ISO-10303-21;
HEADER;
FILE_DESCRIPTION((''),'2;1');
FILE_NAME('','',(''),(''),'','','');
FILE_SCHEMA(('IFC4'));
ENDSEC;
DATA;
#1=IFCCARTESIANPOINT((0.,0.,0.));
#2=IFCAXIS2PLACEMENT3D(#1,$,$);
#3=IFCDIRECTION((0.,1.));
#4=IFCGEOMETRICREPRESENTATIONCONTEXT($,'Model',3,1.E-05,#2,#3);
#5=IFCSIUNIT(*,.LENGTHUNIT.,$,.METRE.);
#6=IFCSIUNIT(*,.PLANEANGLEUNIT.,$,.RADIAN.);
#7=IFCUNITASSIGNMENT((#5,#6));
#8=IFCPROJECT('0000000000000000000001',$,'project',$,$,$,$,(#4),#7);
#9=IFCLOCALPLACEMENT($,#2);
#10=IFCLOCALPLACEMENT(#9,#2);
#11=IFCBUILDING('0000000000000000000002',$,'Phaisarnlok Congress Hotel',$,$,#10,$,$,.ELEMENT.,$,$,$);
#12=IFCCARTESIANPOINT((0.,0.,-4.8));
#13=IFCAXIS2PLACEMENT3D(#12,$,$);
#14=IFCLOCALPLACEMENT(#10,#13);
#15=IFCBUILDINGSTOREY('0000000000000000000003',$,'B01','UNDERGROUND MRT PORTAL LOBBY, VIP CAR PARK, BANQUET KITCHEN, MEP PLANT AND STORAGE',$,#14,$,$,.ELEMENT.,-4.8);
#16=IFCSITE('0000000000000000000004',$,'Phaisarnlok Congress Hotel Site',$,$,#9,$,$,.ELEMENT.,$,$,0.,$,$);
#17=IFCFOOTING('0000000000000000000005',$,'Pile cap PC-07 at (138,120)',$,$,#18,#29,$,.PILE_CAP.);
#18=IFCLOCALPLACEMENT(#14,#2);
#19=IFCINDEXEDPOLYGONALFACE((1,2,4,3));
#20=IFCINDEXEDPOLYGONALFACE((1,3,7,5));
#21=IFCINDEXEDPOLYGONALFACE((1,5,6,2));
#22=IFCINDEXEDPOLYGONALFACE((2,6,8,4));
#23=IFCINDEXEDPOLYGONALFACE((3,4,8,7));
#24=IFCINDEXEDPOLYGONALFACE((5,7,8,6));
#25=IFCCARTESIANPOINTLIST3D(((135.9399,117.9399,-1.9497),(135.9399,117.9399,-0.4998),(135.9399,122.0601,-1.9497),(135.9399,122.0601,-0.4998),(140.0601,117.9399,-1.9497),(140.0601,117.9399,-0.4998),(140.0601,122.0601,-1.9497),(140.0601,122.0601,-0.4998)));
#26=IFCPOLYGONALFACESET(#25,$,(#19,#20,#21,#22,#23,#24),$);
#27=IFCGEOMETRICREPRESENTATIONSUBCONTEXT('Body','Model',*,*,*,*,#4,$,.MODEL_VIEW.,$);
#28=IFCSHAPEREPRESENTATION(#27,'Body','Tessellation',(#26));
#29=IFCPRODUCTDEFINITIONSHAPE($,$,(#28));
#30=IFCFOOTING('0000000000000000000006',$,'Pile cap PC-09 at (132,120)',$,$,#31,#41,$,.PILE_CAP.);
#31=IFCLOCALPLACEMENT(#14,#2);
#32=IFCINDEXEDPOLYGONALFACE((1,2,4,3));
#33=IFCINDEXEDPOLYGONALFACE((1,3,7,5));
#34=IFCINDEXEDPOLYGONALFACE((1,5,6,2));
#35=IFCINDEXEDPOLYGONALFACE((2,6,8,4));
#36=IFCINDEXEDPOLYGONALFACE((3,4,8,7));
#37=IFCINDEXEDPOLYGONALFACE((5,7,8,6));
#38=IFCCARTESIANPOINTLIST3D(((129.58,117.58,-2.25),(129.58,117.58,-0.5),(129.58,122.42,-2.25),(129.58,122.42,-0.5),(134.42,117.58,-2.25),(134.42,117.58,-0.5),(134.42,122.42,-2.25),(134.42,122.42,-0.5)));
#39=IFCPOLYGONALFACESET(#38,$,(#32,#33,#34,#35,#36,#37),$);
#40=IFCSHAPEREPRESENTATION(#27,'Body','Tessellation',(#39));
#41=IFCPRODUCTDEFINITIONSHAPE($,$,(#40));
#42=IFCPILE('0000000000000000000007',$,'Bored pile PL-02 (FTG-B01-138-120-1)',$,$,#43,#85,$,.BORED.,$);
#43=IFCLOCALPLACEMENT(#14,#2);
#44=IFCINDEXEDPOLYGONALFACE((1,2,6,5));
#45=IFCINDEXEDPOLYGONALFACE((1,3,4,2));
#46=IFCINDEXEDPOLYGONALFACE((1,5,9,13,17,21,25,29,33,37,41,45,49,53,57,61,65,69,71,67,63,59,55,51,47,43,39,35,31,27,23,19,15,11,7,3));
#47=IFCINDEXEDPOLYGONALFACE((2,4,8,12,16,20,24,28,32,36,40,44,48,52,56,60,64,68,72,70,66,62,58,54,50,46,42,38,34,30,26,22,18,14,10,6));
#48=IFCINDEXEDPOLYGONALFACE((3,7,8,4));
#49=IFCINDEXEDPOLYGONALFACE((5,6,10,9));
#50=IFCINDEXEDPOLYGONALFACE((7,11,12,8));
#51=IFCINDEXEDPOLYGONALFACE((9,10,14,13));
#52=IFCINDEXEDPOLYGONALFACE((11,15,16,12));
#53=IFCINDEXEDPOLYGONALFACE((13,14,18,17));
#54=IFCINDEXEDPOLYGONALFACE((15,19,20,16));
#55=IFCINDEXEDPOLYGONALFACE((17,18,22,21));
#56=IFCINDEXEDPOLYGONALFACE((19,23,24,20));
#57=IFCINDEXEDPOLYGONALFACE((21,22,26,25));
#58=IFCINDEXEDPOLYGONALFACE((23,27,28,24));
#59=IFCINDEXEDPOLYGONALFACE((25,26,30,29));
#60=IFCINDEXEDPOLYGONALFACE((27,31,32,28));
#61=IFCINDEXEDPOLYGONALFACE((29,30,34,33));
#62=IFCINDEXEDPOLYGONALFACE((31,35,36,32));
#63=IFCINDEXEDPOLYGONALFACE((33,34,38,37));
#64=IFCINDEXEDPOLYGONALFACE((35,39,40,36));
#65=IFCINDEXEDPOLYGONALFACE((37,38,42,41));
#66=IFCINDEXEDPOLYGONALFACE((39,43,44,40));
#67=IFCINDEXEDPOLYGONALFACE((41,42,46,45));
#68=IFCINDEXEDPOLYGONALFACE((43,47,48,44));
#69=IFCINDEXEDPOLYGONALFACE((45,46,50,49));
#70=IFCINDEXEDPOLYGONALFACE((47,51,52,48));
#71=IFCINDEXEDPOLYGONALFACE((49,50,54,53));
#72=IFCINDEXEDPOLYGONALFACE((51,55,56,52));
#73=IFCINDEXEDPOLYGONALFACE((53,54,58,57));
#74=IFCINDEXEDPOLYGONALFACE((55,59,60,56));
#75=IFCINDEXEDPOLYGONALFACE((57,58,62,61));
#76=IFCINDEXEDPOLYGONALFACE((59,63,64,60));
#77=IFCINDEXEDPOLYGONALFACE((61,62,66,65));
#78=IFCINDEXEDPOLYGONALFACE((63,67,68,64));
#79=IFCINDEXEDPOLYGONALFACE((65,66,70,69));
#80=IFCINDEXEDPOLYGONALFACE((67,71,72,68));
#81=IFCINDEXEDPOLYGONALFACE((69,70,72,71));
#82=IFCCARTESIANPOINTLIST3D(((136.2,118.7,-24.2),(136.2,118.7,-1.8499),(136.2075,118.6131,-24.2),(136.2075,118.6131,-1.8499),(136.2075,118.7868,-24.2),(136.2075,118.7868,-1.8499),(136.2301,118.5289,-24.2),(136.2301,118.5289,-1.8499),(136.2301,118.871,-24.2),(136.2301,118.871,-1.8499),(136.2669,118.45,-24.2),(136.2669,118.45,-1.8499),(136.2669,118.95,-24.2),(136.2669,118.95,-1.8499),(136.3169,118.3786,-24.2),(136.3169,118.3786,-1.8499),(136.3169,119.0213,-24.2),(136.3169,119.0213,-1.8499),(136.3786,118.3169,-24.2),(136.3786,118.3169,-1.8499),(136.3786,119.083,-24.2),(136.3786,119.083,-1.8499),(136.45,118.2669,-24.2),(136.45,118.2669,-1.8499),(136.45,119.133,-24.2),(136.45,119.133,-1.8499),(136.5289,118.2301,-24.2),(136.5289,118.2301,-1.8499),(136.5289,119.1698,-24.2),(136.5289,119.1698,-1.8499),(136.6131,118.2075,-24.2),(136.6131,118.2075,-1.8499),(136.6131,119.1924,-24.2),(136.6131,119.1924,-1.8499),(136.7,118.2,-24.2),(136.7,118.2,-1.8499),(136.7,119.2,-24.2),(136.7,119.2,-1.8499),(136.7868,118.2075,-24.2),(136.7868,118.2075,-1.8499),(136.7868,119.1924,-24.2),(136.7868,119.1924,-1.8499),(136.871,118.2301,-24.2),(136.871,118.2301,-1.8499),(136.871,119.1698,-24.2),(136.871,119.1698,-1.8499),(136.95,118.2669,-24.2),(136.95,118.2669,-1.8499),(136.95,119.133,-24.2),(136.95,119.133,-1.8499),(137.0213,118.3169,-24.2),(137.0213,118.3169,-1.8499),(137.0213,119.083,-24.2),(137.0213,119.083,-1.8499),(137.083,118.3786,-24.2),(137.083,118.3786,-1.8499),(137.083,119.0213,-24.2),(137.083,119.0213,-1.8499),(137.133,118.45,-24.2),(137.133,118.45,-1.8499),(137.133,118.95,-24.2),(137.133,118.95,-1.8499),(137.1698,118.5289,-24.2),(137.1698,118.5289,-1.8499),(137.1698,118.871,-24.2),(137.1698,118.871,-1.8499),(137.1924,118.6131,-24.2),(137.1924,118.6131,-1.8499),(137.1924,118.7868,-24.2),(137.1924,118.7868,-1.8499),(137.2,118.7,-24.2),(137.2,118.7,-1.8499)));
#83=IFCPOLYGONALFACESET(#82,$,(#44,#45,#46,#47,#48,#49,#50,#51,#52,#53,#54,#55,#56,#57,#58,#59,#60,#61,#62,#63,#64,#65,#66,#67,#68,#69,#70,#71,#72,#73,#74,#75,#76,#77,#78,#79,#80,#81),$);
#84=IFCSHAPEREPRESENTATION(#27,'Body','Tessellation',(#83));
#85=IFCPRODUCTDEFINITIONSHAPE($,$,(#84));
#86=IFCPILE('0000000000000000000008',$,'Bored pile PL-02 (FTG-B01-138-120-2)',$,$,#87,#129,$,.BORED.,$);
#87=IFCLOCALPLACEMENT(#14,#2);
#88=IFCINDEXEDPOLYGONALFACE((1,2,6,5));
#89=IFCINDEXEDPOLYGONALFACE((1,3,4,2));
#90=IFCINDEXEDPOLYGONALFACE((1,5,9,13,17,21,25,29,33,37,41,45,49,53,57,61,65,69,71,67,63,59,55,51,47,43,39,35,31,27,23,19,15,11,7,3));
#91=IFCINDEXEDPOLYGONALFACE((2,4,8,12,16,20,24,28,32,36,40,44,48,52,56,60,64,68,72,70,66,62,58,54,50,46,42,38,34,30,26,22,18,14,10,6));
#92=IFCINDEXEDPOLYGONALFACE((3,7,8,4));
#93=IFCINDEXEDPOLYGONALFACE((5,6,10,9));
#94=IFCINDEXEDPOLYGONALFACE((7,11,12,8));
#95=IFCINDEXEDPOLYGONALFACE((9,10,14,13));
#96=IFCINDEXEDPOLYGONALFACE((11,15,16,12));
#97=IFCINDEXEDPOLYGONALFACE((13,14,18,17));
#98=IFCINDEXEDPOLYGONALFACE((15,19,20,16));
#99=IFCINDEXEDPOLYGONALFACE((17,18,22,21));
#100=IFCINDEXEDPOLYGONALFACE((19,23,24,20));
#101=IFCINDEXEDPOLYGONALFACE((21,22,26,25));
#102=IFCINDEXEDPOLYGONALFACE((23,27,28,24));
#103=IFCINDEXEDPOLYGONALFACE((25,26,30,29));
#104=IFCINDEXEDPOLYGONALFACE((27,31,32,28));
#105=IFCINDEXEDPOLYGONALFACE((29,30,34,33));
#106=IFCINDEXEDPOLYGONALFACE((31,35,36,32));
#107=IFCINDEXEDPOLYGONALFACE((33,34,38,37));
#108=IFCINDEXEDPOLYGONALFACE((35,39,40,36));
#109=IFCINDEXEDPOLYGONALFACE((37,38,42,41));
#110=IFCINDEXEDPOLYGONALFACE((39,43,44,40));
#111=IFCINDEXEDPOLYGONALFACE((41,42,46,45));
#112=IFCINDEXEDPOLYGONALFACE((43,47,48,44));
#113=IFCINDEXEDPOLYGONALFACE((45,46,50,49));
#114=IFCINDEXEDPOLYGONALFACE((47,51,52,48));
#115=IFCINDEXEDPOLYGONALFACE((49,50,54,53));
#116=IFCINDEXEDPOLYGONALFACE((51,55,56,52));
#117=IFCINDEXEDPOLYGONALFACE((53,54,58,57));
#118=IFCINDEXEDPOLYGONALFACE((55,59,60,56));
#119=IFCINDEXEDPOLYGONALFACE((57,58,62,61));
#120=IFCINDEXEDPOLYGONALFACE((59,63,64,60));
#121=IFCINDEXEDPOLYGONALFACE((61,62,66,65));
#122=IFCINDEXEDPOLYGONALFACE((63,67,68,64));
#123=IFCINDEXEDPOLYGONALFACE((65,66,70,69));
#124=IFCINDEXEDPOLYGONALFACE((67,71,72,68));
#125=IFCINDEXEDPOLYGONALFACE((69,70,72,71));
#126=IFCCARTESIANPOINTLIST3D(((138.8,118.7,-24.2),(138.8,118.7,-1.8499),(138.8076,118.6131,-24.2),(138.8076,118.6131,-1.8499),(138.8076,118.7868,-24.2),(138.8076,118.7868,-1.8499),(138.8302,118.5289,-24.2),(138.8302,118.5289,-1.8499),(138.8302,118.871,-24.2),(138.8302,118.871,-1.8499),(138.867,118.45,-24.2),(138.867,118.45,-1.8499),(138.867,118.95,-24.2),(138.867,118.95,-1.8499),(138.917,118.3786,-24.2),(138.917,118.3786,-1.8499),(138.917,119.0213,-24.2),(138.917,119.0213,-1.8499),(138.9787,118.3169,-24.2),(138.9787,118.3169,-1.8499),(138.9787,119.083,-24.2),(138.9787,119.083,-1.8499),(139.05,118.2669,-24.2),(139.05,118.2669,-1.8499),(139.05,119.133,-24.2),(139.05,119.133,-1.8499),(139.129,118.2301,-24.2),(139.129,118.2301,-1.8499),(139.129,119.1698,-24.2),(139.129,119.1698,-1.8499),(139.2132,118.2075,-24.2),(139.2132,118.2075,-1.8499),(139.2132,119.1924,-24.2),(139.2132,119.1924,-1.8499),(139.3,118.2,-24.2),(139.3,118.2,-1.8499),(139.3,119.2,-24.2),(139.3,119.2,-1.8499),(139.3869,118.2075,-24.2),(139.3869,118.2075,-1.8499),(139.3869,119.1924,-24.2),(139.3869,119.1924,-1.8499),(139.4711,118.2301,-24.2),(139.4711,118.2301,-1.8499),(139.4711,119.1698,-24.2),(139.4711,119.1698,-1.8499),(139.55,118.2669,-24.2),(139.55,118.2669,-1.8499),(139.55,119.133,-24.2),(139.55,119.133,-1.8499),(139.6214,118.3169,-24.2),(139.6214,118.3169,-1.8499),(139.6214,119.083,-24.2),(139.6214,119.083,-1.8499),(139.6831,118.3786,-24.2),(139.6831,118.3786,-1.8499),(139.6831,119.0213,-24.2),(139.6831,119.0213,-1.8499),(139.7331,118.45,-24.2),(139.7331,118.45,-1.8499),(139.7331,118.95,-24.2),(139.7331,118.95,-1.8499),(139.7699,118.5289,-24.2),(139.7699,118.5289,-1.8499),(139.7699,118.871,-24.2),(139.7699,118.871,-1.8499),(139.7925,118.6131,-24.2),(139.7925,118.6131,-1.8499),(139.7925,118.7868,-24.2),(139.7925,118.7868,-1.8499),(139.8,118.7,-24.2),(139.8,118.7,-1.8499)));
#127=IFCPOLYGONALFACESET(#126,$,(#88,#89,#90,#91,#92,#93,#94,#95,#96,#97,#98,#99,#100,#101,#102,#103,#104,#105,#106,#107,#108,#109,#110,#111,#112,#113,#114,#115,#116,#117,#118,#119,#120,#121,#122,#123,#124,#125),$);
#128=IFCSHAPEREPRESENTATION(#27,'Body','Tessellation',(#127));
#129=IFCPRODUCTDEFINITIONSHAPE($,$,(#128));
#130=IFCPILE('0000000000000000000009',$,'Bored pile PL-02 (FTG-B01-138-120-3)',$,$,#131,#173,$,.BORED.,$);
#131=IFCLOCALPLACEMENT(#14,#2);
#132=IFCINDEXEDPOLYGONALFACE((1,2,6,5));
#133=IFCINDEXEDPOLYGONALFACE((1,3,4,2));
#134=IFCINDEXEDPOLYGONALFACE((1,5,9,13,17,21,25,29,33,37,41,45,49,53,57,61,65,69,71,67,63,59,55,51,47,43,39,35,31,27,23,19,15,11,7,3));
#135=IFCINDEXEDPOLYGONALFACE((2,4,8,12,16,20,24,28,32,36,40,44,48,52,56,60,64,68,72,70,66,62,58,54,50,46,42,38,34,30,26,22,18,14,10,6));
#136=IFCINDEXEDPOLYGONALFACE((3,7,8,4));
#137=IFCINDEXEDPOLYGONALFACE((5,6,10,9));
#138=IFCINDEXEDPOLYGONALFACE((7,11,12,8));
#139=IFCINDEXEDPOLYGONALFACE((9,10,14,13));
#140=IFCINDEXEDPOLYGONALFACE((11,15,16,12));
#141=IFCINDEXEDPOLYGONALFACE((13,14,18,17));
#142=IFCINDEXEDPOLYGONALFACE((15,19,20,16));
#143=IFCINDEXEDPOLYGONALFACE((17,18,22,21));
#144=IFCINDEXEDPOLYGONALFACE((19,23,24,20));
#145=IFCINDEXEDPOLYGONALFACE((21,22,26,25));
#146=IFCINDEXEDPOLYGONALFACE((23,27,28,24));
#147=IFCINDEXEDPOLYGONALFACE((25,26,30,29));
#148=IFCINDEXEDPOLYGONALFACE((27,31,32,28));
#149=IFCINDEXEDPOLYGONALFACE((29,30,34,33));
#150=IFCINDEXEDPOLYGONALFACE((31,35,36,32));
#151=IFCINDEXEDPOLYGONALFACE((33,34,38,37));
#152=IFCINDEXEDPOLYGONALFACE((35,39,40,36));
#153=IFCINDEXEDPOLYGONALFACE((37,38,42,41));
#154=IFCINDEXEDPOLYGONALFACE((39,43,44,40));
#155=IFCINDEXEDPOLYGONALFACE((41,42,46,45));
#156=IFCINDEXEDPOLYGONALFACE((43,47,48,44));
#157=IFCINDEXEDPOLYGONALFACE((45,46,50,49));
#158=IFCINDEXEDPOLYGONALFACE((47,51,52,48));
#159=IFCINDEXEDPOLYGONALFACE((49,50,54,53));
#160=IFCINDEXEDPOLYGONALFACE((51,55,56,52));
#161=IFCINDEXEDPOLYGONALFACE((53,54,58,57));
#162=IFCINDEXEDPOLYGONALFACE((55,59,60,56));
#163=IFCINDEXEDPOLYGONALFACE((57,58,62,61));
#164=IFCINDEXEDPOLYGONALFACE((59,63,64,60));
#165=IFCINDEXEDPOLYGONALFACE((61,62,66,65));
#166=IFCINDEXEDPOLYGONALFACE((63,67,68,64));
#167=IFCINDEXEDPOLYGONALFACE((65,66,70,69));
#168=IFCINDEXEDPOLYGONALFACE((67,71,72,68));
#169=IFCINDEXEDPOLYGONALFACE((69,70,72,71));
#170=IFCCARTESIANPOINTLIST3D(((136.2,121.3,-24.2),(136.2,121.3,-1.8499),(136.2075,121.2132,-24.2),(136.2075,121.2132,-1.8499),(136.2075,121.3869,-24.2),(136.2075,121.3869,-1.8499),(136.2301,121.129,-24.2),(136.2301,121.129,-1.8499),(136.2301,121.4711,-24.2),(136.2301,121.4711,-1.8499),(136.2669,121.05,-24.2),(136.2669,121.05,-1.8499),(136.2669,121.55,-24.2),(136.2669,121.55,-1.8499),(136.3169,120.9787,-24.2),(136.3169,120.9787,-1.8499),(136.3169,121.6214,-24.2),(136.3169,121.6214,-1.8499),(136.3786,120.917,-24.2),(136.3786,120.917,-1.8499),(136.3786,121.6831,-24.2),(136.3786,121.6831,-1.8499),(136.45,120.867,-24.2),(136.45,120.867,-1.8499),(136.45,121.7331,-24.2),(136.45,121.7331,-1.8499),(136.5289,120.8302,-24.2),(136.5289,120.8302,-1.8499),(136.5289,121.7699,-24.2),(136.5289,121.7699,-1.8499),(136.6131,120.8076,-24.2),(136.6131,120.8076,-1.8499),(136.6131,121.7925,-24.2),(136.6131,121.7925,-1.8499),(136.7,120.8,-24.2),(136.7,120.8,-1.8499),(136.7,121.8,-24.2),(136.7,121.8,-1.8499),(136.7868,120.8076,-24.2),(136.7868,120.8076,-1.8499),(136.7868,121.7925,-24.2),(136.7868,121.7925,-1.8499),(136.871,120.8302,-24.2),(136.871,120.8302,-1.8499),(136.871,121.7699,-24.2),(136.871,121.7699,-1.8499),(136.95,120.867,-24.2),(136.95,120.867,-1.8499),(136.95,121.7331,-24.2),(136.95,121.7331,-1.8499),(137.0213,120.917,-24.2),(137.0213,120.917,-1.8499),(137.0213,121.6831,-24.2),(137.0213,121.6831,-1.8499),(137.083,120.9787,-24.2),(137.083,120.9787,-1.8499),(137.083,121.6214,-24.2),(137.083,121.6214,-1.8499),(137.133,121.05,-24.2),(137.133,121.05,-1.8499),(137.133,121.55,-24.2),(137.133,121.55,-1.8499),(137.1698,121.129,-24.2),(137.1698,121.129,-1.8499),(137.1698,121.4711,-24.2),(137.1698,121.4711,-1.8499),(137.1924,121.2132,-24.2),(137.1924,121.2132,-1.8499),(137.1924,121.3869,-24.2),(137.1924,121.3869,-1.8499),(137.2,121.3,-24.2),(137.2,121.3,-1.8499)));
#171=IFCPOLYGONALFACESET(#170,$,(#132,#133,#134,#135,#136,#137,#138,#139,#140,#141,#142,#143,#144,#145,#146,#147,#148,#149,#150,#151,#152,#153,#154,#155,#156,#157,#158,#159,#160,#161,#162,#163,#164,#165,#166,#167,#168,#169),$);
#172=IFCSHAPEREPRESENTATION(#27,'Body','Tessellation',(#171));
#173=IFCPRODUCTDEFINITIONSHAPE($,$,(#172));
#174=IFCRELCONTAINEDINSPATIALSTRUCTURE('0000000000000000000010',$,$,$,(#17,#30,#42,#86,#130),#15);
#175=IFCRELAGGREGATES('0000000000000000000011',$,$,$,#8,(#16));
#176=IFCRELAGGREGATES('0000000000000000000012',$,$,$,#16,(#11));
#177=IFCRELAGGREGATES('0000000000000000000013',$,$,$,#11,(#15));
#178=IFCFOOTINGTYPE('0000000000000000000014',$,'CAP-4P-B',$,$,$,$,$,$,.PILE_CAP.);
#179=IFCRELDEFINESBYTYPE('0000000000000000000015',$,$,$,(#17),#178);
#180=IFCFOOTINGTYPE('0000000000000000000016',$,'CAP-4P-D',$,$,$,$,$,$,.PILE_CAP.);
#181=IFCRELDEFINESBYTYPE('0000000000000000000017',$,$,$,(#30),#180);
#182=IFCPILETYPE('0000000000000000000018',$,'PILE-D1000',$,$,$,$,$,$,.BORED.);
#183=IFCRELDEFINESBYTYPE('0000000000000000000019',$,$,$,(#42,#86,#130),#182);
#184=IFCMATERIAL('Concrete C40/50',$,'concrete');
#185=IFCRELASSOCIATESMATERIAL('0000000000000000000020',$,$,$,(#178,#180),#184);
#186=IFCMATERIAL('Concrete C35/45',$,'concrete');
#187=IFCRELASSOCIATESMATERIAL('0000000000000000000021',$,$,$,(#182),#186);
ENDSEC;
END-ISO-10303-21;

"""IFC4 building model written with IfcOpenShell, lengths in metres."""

from ifc_helpers import new_model, si_unit, direction, frame, origin, origin_2d, place, context, subcontext, project, spatial, rectangle, circle, extrude, material, material_profile, profile_set, type_object, element, save


model = new_model("IFC4")

# Units and contexts
model_context = context("Model", 3, precision=1e-05, world=origin(), true_north=direction((0.0, 1.0)))
body_context = subcontext(model_context, "Body", "Model", "MODEL_VIEW")
ifc_project = project(units=[si_unit("LENGTHUNIT", "METRE"), si_unit("PLANEANGLEUNIT", "RADIAN")], contexts=[model_context])

# Site, building, storey
site_placement = place(None, origin())
site = spatial("IfcSite", under=ifc_project, at=site_placement, Name="Phaisarnlok Congress Hotel Site", CompositionType="ELEMENT", RefElevation=0.0)
building_placement = place(site_placement, origin())
building = spatial("IfcBuilding", under=site, at=building_placement, Name="Phaisarnlok Congress Hotel", CompositionType="ELEMENT")
storey_placement = place(building_placement, frame((0.0, 0.0, -4.8)))
storey = spatial("IfcBuildingStorey", under=building, at=storey_placement, Name="B01", Description="UNDERGROUND MRT PORTAL LOBBY, VIP CAR PARK, BANQUET KITCHEN, MEP PLANT AND STORAGE", CompositionType="ELEMENT", Elevation=-4.8)

# Footings
ifc_material_1 = material(Name="Concrete C40/50", Category="concrete")
footing_type_1 = type_object("IfcFootingType", Name="CAP-4P-B", PredefinedType="PILE_CAP", material=ifc_material_1)
footing_1_placement = place(storey_placement, frame((138.0, 120.0, -1.9497), z_axis=(0.0, 0.0, 1.0), x_axis=(1.0, 0.0, 0.0)))
element("IfcFooting", 1, at=footing_1_placement, inside=storey, type_object=footing_type_1, Name="Pile cap PC-07 at (138,120)", PredefinedType="PILE_CAP", context=body_context, shape_type="SweptSolid", body=[
    extrude(rectangle(XDim=4.1201, YDim=4.1201, at=origin_2d()), origin(), (0.0, 0.0, 1.0), 1.45),
])
footing_type_2 = type_object("IfcFootingType", Name="CAP-4P-D", PredefinedType="PILE_CAP", material=ifc_material_1)
footing_2_placement = place(storey_placement, frame((132.0, 120.0, -2.25), z_axis=(0.0, 0.0, 1.0), x_axis=(1.0, 0.0, 0.0)))
element("IfcFooting", 2, at=footing_2_placement, inside=storey, type_object=footing_type_2, Name="Pile cap PC-09 at (132,120)", PredefinedType="PILE_CAP", context=body_context, shape_type="SweptSolid", body=[
    extrude(rectangle(XDim=4.8401, YDim=4.8401, at=origin_2d()), origin(), (0.0, 0.0, 1.0), 1.75),
])

# Piles
ifc_material_2 = material(Name="Concrete C35/45", Category="concrete")
ifc_material_profile_1 = material_profile(ifc_material_2, circle(Radius=0.5, at=origin_2d()), Name="BORED PILE D1000")
ifc_profile_set_1 = profile_set([ifc_material_profile_1], Name="Concrete C35/45")
pile_type_1 = type_object("IfcPileType", Name="PILE-D1000", PredefinedType="BORED", material=ifc_profile_set_1)
for number, where, z_axis, x_axis, name in (
    (3, (136.7, 118.7, -1.8499), (0.0, 0.0, -1.0), (1.0, 0.0, 0.0), "Bored pile PL-02 (FTG-B01-138-120-1)"),
    (4, (139.3, 118.7, -1.8499), (0.0, 0.0, -1.0), (1.0, 0.0, 0.0), "Bored pile PL-02 (FTG-B01-138-120-2)"),
    (5, (136.7, 121.3, -1.8499), (0.0, 0.0, -1.0), (1.0, 0.0, 0.0), "Bored pile PL-02 (FTG-B01-138-120-3)"),
):
    element("IfcPile", number, at=place(storey_placement, frame(where, z_axis=z_axis, x_axis=x_axis)), inside=storey, type_object=pile_type_1, Name=name, PredefinedType="BORED", context=body_context, shape_type="SweptSolid", body=[
        extrude(circle(Radius=0.5, at=origin_2d()), origin(), (0.0, 0.0, 1.0), 22.3501),
    ])

save(model, "model.ifc")
